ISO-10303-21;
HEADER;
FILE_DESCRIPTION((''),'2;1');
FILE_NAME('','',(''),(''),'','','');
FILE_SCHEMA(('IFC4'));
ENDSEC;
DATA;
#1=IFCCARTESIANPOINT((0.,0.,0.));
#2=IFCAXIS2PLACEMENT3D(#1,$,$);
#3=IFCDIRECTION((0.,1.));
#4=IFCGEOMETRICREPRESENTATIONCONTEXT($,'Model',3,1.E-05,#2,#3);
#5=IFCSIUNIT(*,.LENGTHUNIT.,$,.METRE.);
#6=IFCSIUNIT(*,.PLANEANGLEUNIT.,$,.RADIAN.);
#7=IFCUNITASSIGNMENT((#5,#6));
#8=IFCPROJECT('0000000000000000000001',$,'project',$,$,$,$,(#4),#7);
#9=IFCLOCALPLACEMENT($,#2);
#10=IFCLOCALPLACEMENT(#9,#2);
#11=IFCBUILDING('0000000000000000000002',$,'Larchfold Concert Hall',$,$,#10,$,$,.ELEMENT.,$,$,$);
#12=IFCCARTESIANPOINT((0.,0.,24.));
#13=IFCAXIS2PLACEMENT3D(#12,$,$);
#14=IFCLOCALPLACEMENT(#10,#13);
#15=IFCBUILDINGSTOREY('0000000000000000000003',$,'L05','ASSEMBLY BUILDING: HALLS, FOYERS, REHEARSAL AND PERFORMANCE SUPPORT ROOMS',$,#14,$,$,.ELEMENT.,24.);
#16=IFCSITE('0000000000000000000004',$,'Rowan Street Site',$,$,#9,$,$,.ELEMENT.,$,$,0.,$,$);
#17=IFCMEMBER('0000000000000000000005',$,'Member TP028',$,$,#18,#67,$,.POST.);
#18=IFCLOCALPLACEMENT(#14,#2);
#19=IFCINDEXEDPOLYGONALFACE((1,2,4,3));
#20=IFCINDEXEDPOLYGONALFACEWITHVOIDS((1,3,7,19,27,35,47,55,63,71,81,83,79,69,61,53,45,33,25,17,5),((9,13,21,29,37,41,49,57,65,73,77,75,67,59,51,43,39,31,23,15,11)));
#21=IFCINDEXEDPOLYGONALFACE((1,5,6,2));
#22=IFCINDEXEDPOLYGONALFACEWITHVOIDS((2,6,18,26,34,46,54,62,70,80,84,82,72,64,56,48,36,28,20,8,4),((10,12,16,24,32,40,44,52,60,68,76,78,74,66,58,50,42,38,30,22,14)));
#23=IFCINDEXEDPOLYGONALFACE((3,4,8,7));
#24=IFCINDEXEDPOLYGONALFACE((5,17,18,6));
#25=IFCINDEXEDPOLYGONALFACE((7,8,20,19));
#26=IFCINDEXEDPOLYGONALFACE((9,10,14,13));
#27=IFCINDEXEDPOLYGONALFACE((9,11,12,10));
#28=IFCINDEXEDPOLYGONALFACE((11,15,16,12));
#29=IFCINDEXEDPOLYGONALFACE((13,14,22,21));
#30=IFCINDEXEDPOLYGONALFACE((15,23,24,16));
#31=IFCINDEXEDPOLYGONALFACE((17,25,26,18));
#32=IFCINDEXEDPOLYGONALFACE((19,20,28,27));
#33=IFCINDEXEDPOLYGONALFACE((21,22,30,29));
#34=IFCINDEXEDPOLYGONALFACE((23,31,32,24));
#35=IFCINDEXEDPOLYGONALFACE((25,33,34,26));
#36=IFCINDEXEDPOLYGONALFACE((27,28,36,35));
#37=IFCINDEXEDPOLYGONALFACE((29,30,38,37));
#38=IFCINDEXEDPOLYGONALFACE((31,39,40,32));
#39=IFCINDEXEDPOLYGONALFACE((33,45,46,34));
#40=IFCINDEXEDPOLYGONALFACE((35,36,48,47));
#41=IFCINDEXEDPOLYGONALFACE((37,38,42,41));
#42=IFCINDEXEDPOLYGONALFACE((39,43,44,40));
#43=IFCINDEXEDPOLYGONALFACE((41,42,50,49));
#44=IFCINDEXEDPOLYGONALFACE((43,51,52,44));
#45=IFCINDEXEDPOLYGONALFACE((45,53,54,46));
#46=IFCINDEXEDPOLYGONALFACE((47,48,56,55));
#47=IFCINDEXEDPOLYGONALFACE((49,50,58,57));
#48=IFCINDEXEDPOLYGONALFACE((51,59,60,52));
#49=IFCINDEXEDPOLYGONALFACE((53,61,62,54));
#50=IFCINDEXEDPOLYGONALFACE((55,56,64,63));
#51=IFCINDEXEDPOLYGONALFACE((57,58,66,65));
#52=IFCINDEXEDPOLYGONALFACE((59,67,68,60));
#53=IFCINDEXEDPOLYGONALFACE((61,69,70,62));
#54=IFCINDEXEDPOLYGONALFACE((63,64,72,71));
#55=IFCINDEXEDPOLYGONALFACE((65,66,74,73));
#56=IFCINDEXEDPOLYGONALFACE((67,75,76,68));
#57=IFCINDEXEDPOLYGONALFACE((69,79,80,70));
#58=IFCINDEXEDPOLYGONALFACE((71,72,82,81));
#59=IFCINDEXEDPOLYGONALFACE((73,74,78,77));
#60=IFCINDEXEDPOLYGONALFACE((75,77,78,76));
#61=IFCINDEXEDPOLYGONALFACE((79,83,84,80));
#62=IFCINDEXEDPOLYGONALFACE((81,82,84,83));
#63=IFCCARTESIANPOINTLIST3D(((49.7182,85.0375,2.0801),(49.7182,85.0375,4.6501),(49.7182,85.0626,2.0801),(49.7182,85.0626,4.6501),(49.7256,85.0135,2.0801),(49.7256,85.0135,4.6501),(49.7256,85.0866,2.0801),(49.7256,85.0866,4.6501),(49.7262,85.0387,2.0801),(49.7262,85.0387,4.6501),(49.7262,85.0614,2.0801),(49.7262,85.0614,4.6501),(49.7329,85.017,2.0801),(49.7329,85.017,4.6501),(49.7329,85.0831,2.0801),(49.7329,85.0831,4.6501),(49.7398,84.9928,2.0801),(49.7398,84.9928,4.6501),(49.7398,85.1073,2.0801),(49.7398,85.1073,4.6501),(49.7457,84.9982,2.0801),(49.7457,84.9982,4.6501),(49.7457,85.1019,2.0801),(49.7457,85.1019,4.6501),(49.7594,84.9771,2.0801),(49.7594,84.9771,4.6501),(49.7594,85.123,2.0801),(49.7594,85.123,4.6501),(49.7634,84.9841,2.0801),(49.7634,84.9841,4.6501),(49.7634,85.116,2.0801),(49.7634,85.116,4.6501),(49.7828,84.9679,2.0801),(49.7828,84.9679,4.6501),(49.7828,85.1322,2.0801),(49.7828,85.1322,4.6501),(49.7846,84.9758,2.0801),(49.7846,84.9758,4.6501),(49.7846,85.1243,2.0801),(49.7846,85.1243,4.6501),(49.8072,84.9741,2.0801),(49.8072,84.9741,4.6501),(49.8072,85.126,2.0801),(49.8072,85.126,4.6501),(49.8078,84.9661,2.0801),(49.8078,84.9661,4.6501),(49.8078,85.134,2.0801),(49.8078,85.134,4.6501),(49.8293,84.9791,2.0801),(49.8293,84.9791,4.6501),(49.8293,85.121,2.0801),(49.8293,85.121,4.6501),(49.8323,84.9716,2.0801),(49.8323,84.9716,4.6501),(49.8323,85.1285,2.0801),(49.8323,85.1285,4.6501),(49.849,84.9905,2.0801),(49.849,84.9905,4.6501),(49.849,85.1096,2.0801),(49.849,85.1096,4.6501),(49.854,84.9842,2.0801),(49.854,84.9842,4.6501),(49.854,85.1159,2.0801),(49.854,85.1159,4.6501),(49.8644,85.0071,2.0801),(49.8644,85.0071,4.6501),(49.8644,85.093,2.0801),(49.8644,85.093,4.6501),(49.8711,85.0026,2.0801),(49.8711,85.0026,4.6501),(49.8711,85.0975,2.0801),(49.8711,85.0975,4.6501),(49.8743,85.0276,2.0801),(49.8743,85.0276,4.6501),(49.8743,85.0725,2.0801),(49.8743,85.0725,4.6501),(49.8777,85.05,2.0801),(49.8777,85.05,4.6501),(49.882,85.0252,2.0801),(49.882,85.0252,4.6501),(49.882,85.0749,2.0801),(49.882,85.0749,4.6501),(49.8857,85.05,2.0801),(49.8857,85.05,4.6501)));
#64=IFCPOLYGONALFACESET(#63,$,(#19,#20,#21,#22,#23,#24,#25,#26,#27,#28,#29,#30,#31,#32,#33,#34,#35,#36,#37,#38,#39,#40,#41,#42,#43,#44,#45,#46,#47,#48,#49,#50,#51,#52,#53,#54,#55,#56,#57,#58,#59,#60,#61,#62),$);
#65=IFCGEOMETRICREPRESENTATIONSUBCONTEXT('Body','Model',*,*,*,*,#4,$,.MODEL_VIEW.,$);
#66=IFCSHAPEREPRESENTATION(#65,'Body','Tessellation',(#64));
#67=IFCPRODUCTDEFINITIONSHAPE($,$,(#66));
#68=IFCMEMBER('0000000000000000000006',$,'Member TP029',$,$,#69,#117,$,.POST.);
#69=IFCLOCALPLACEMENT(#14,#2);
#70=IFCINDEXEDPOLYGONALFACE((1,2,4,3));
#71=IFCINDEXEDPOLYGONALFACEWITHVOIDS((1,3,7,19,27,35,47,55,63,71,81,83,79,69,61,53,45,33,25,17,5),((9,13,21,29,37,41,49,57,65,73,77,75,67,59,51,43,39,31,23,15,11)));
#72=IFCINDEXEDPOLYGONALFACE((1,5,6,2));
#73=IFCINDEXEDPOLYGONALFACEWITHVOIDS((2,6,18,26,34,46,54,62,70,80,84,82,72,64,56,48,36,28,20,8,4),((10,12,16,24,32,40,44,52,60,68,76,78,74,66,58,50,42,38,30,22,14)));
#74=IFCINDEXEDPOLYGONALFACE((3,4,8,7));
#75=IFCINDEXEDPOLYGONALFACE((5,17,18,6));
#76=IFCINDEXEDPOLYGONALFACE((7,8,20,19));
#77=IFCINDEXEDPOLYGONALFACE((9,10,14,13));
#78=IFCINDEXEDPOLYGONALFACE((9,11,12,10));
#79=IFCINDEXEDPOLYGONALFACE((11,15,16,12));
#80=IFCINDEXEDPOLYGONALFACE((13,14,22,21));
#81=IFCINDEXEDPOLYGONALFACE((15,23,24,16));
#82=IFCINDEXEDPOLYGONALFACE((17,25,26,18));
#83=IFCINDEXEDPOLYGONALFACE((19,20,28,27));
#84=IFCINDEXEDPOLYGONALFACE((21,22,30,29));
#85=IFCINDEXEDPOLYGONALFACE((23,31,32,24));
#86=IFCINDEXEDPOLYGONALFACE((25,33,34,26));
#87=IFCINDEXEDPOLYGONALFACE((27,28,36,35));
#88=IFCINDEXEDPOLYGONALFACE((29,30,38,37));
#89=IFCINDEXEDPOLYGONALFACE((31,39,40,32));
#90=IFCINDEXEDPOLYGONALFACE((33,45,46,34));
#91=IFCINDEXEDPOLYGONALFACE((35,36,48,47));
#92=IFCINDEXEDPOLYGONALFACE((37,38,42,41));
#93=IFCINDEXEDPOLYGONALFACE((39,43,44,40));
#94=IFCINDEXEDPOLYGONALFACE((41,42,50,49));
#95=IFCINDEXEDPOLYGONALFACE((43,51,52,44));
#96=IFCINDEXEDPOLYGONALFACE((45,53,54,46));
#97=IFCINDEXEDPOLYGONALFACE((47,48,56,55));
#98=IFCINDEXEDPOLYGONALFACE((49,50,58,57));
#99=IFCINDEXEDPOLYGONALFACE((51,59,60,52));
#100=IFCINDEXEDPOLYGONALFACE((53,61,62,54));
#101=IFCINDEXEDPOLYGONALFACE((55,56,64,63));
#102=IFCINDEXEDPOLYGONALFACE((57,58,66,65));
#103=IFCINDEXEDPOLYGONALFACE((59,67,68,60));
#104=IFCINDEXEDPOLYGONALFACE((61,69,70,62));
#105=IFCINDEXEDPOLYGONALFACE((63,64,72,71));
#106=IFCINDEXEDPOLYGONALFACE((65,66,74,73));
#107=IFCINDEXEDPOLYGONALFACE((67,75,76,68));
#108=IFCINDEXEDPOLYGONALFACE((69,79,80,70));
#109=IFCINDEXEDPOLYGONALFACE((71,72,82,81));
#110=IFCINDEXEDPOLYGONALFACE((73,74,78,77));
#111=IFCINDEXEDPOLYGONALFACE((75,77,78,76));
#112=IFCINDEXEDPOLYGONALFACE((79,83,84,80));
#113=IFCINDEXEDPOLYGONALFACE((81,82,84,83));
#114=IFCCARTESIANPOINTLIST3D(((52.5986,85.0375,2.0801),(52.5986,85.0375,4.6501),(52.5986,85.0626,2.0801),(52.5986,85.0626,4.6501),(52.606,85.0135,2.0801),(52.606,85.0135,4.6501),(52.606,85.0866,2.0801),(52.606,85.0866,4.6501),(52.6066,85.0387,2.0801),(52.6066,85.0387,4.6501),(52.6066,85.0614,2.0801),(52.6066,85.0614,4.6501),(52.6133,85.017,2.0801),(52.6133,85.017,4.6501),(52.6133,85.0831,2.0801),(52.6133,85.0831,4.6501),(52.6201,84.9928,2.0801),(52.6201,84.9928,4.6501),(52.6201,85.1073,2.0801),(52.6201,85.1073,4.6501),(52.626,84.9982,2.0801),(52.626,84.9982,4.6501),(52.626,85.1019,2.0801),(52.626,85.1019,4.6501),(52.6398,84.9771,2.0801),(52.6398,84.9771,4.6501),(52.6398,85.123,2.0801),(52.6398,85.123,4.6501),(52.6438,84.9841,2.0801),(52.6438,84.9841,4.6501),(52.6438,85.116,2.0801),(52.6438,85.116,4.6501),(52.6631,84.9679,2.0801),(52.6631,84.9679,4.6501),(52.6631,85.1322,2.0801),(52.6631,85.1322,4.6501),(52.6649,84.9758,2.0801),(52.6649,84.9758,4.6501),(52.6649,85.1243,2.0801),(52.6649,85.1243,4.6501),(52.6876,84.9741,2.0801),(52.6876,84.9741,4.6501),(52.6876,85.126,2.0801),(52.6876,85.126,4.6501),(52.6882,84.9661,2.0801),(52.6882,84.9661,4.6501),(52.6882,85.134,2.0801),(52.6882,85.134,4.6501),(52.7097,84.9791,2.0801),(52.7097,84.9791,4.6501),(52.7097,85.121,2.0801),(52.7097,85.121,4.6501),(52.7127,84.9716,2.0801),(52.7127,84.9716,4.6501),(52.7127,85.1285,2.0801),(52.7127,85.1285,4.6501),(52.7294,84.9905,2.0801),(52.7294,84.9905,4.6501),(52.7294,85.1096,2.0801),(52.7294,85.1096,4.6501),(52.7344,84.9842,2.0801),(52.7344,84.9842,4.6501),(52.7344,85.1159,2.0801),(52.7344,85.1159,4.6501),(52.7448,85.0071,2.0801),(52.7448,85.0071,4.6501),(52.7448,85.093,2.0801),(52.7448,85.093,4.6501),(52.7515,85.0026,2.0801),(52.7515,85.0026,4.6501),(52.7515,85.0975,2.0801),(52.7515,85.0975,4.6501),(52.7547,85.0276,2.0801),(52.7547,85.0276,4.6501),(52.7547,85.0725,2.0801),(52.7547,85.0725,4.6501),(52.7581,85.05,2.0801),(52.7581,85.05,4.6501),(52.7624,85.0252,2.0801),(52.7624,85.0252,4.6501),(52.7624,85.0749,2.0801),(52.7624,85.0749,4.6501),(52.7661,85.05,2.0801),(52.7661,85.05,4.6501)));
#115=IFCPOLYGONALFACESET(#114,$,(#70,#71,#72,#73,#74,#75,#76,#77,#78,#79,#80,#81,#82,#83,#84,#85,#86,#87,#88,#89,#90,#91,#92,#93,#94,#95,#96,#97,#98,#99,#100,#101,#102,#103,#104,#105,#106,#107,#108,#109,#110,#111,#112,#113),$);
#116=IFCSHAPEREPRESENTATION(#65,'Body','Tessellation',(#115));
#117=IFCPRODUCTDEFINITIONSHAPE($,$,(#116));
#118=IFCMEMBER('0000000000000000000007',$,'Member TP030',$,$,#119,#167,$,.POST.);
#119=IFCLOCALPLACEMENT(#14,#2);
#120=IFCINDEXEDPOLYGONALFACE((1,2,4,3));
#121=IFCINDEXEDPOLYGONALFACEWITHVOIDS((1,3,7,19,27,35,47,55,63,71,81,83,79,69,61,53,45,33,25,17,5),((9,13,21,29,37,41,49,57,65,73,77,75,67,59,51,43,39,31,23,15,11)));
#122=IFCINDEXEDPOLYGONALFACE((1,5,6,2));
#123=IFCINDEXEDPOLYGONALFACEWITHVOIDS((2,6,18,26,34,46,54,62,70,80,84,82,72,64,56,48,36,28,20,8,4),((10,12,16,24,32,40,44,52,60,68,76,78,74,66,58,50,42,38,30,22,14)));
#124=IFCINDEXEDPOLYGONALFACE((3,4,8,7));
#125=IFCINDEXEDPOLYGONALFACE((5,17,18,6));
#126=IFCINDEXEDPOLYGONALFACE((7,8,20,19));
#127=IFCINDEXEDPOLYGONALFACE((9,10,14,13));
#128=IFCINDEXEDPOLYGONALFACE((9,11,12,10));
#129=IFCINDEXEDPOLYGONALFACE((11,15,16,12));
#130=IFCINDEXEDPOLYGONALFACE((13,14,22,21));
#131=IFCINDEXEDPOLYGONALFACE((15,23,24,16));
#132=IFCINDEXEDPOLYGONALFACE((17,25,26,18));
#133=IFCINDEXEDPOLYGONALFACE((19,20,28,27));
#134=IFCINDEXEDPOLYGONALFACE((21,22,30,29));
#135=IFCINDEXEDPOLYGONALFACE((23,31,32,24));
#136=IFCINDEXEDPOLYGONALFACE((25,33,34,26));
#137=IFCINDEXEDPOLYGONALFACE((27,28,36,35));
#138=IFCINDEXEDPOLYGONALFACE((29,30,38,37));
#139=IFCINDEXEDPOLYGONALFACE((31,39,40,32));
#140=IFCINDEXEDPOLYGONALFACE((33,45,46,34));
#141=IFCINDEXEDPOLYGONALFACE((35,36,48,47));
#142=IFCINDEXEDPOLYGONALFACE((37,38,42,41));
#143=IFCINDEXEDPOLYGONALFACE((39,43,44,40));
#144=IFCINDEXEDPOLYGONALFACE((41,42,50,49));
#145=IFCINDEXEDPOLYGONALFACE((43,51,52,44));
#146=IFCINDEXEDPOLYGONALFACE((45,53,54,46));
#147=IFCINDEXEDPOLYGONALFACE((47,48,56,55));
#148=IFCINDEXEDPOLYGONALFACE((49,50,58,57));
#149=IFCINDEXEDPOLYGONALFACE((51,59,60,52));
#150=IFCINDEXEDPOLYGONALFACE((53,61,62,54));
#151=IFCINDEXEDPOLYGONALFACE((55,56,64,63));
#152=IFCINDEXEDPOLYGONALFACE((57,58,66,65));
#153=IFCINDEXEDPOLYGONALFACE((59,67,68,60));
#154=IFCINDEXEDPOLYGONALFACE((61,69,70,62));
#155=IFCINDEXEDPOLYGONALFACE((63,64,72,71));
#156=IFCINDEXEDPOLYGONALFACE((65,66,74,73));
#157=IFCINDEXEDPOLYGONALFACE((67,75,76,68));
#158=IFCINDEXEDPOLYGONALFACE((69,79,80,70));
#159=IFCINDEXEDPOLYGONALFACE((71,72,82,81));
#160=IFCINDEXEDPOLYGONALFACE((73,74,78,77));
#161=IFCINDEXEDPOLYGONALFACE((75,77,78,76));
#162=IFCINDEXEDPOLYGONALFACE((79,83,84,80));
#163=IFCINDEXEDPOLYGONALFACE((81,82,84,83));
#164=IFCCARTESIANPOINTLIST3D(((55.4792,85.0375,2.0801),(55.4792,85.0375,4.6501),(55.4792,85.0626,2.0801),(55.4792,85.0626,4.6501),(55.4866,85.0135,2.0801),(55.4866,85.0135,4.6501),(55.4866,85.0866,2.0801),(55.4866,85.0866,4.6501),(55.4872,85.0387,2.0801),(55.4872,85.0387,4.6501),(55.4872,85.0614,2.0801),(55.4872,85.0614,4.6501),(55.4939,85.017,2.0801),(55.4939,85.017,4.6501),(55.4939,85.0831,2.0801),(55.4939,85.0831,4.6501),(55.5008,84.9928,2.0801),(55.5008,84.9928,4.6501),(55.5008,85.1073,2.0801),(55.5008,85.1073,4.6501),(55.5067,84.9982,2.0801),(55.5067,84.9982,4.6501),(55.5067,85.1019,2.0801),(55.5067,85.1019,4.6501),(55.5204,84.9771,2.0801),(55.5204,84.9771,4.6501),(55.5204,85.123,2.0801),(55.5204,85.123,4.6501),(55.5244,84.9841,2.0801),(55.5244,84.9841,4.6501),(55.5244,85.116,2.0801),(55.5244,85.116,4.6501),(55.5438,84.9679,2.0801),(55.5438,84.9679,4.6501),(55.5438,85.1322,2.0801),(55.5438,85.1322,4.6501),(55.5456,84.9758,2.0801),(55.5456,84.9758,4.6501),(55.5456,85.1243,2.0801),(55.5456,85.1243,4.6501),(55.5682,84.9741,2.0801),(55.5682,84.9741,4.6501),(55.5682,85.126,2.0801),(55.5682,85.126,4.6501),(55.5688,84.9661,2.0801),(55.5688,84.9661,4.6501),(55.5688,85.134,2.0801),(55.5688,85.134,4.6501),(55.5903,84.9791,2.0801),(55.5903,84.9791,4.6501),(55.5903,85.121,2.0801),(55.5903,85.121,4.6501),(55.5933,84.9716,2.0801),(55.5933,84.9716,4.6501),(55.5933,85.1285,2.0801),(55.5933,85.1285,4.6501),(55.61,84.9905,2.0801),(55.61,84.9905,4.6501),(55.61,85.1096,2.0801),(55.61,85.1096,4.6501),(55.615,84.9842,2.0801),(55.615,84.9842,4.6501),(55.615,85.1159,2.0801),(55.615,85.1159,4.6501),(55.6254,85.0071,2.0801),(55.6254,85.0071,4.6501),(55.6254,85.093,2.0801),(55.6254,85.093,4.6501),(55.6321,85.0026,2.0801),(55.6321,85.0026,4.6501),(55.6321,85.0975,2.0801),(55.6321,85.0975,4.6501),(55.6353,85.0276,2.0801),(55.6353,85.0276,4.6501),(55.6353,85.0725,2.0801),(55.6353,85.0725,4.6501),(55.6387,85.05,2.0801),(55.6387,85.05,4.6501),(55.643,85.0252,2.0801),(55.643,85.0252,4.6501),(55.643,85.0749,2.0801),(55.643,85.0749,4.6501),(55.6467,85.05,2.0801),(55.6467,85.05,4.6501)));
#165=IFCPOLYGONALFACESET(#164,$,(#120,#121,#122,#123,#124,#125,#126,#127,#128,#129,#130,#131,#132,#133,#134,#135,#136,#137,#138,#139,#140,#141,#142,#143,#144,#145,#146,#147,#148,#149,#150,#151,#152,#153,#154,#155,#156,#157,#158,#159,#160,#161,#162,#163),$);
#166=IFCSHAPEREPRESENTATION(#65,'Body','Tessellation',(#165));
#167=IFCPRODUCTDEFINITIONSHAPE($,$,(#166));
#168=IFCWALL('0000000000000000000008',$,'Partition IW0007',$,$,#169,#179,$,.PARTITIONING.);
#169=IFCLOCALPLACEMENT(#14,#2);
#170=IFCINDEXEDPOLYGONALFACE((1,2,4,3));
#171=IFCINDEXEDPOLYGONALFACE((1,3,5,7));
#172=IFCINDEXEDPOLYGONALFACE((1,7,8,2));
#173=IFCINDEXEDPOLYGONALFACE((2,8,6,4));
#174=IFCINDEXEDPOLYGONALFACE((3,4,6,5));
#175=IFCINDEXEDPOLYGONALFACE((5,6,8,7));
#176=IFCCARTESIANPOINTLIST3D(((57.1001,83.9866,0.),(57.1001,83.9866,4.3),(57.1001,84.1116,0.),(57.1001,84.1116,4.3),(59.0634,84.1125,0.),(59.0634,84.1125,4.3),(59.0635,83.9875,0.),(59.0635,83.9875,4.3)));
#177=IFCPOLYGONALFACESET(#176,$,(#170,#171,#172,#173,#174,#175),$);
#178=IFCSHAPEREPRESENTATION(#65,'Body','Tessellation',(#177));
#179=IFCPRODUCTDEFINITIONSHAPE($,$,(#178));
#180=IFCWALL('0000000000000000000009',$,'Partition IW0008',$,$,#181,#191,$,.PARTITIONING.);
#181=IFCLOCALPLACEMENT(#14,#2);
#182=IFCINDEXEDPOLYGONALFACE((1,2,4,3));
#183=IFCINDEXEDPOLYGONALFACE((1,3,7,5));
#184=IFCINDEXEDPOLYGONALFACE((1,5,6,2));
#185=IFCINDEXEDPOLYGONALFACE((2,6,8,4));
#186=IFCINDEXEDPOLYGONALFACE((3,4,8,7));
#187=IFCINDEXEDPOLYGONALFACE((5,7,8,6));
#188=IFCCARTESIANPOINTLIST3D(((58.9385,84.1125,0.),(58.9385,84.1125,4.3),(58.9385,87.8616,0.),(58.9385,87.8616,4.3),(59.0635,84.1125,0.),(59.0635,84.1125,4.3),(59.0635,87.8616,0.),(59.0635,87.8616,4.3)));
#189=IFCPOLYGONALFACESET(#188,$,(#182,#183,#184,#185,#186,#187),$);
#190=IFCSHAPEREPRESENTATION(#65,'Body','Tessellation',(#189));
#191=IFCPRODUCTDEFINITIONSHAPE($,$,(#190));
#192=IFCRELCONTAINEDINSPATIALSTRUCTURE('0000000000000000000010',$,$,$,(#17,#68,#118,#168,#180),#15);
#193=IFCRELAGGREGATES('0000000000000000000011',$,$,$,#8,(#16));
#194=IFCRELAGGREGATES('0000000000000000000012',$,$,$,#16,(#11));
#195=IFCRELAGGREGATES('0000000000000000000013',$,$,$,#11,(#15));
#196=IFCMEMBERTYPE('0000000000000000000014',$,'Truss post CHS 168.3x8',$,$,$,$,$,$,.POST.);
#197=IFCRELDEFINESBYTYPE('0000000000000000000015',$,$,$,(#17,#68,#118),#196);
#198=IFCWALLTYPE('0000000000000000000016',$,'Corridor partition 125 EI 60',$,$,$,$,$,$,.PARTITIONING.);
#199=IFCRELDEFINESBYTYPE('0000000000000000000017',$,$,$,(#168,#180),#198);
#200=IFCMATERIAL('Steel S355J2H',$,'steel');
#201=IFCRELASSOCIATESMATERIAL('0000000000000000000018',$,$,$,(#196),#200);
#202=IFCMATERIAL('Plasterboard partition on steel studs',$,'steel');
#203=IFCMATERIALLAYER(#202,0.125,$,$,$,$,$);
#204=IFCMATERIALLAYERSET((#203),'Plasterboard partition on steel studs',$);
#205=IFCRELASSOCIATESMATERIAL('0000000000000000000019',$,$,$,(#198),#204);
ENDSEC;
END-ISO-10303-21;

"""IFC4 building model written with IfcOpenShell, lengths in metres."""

from ifc_helpers import new_model, si_unit, direction, frame, frame_2d, origin, origin_2d, place, context, subcontext, project, spatial, rectangle, hollow_circle, extrude, material, layer, layer_set, material_profile, profile_set, type_object, element, save


model = new_model("IFC4")

# Units and contexts
model_context = context("Model", 3, precision=1e-05, world=origin(), true_north=direction((0.0, 1.0)))
body_context = subcontext(model_context, "Body", "Model", "MODEL_VIEW")
ifc_project = project(units=[si_unit("LENGTHUNIT", "METRE"), si_unit("PLANEANGLEUNIT", "RADIAN")], contexts=[model_context])

# Site, building, storey
site_placement = place(None, origin())
site = spatial("IfcSite", under=ifc_project, at=site_placement, Name="Rowan Street Site", CompositionType="ELEMENT", RefElevation=0.0)
building_placement = place(site_placement, origin())
building = spatial("IfcBuilding", under=site, at=building_placement, Name="Larchfold Concert Hall", CompositionType="ELEMENT")
storey_placement = place(building_placement, frame((0.0, 0.0, 24.0)))
storey = spatial("IfcBuildingStorey", under=building, at=storey_placement, Name="L05", Description="ASSEMBLY BUILDING: HALLS, FOYERS, REHEARSAL AND PERFORMANCE SUPPORT ROOMS", CompositionType="ELEMENT", Elevation=24.0)

# Members
ifc_material_1 = material(Name="Steel S355J2H", Category="steel")
ifc_material_profile_1 = material_profile(ifc_material_1, hollow_circle(Radius=0.0842, WallThickness=0.0081, at=origin_2d()))
ifc_profile_set_1 = profile_set([ifc_material_profile_1], Name="Steel S355J2H")
member_type = type_object("IfcMemberType", Name="Truss post CHS 168.3x8", PredefinedType="POST", material=ifc_profile_set_1)
for number, where, z_axis, x_axis, name in (
    (1, (49.8015, 85.05, 2.0801), (0.0, 0.0, 1.0), (1.0, 0.0, 0.0), "Member TP028"),
    (2, (52.6819, 85.05, 2.0801), (0.0, 0.0, 1.0), (1.0, 0.0, 0.0), "Member TP029"),
    (3, (55.5625, 85.05, 2.0801), (0.0, 0.0, 1.0), (1.0, 0.0, 0.0), "Member TP030"),
):
    element("IfcMember", number, at=place(storey_placement, frame(where, z_axis=z_axis, x_axis=x_axis)), inside=storey, type_object=member_type, Name=name, PredefinedType="POST", context=body_context, shape_type="SweptSolid", body=[
        extrude(hollow_circle(Radius=0.0842, WallThickness=0.0081, at=origin_2d()), origin(), (0.0, 0.0, 1.0), 2.5701),
    ])

# Walls
ifc_material_2 = material(Name="Plasterboard partition on steel studs", Category="steel")
ifc_layer_1 = layer(ifc_material_2, 0.125)
ifc_layer_set_1 = layer_set([ifc_layer_1], Name="Plasterboard partition on steel studs")
wall_type_1 = type_object("IfcWallType", Name="Corridor partition 125 EI 60", PredefinedType="PARTITIONING", material=ifc_layer_set_1)
wall_1_placement = place(storey_placement, frame((57.1001, 84.0491, 0.0), z_axis=(0.0, 0.0, 1.0), x_axis=(1.0, 0.000497, 0.0)))
element("IfcWall", 4, at=wall_1_placement, inside=storey, type_object=wall_type_1, Name="Partition IW0007", PredefinedType="PARTITIONING", context=body_context, shape_type="SweptSolid", body=[
    extrude(rectangle(XDim=1.9634, YDim=0.125, at=frame_2d((0.9817, 0.0))), origin(), (0.0, 0.0, 1.0), 4.3),
])
wall_2_placement = place(storey_placement, frame((59.001, 84.1125, 0.0), z_axis=(0.0, 0.0, 1.0), x_axis=(0.0, 1.0, 0.0)))
element("IfcWall", 5, at=wall_2_placement, inside=storey, type_object=wall_type_1, Name="Partition IW0008", PredefinedType="PARTITIONING", context=body_context, shape_type="SweptSolid", body=[
    extrude(rectangle(XDim=3.749, YDim=0.125, at=frame_2d((1.8745, 0.0))), origin(), (0.0, 0.0, 1.0), 4.3),
])

save(model, "model.ifc")
